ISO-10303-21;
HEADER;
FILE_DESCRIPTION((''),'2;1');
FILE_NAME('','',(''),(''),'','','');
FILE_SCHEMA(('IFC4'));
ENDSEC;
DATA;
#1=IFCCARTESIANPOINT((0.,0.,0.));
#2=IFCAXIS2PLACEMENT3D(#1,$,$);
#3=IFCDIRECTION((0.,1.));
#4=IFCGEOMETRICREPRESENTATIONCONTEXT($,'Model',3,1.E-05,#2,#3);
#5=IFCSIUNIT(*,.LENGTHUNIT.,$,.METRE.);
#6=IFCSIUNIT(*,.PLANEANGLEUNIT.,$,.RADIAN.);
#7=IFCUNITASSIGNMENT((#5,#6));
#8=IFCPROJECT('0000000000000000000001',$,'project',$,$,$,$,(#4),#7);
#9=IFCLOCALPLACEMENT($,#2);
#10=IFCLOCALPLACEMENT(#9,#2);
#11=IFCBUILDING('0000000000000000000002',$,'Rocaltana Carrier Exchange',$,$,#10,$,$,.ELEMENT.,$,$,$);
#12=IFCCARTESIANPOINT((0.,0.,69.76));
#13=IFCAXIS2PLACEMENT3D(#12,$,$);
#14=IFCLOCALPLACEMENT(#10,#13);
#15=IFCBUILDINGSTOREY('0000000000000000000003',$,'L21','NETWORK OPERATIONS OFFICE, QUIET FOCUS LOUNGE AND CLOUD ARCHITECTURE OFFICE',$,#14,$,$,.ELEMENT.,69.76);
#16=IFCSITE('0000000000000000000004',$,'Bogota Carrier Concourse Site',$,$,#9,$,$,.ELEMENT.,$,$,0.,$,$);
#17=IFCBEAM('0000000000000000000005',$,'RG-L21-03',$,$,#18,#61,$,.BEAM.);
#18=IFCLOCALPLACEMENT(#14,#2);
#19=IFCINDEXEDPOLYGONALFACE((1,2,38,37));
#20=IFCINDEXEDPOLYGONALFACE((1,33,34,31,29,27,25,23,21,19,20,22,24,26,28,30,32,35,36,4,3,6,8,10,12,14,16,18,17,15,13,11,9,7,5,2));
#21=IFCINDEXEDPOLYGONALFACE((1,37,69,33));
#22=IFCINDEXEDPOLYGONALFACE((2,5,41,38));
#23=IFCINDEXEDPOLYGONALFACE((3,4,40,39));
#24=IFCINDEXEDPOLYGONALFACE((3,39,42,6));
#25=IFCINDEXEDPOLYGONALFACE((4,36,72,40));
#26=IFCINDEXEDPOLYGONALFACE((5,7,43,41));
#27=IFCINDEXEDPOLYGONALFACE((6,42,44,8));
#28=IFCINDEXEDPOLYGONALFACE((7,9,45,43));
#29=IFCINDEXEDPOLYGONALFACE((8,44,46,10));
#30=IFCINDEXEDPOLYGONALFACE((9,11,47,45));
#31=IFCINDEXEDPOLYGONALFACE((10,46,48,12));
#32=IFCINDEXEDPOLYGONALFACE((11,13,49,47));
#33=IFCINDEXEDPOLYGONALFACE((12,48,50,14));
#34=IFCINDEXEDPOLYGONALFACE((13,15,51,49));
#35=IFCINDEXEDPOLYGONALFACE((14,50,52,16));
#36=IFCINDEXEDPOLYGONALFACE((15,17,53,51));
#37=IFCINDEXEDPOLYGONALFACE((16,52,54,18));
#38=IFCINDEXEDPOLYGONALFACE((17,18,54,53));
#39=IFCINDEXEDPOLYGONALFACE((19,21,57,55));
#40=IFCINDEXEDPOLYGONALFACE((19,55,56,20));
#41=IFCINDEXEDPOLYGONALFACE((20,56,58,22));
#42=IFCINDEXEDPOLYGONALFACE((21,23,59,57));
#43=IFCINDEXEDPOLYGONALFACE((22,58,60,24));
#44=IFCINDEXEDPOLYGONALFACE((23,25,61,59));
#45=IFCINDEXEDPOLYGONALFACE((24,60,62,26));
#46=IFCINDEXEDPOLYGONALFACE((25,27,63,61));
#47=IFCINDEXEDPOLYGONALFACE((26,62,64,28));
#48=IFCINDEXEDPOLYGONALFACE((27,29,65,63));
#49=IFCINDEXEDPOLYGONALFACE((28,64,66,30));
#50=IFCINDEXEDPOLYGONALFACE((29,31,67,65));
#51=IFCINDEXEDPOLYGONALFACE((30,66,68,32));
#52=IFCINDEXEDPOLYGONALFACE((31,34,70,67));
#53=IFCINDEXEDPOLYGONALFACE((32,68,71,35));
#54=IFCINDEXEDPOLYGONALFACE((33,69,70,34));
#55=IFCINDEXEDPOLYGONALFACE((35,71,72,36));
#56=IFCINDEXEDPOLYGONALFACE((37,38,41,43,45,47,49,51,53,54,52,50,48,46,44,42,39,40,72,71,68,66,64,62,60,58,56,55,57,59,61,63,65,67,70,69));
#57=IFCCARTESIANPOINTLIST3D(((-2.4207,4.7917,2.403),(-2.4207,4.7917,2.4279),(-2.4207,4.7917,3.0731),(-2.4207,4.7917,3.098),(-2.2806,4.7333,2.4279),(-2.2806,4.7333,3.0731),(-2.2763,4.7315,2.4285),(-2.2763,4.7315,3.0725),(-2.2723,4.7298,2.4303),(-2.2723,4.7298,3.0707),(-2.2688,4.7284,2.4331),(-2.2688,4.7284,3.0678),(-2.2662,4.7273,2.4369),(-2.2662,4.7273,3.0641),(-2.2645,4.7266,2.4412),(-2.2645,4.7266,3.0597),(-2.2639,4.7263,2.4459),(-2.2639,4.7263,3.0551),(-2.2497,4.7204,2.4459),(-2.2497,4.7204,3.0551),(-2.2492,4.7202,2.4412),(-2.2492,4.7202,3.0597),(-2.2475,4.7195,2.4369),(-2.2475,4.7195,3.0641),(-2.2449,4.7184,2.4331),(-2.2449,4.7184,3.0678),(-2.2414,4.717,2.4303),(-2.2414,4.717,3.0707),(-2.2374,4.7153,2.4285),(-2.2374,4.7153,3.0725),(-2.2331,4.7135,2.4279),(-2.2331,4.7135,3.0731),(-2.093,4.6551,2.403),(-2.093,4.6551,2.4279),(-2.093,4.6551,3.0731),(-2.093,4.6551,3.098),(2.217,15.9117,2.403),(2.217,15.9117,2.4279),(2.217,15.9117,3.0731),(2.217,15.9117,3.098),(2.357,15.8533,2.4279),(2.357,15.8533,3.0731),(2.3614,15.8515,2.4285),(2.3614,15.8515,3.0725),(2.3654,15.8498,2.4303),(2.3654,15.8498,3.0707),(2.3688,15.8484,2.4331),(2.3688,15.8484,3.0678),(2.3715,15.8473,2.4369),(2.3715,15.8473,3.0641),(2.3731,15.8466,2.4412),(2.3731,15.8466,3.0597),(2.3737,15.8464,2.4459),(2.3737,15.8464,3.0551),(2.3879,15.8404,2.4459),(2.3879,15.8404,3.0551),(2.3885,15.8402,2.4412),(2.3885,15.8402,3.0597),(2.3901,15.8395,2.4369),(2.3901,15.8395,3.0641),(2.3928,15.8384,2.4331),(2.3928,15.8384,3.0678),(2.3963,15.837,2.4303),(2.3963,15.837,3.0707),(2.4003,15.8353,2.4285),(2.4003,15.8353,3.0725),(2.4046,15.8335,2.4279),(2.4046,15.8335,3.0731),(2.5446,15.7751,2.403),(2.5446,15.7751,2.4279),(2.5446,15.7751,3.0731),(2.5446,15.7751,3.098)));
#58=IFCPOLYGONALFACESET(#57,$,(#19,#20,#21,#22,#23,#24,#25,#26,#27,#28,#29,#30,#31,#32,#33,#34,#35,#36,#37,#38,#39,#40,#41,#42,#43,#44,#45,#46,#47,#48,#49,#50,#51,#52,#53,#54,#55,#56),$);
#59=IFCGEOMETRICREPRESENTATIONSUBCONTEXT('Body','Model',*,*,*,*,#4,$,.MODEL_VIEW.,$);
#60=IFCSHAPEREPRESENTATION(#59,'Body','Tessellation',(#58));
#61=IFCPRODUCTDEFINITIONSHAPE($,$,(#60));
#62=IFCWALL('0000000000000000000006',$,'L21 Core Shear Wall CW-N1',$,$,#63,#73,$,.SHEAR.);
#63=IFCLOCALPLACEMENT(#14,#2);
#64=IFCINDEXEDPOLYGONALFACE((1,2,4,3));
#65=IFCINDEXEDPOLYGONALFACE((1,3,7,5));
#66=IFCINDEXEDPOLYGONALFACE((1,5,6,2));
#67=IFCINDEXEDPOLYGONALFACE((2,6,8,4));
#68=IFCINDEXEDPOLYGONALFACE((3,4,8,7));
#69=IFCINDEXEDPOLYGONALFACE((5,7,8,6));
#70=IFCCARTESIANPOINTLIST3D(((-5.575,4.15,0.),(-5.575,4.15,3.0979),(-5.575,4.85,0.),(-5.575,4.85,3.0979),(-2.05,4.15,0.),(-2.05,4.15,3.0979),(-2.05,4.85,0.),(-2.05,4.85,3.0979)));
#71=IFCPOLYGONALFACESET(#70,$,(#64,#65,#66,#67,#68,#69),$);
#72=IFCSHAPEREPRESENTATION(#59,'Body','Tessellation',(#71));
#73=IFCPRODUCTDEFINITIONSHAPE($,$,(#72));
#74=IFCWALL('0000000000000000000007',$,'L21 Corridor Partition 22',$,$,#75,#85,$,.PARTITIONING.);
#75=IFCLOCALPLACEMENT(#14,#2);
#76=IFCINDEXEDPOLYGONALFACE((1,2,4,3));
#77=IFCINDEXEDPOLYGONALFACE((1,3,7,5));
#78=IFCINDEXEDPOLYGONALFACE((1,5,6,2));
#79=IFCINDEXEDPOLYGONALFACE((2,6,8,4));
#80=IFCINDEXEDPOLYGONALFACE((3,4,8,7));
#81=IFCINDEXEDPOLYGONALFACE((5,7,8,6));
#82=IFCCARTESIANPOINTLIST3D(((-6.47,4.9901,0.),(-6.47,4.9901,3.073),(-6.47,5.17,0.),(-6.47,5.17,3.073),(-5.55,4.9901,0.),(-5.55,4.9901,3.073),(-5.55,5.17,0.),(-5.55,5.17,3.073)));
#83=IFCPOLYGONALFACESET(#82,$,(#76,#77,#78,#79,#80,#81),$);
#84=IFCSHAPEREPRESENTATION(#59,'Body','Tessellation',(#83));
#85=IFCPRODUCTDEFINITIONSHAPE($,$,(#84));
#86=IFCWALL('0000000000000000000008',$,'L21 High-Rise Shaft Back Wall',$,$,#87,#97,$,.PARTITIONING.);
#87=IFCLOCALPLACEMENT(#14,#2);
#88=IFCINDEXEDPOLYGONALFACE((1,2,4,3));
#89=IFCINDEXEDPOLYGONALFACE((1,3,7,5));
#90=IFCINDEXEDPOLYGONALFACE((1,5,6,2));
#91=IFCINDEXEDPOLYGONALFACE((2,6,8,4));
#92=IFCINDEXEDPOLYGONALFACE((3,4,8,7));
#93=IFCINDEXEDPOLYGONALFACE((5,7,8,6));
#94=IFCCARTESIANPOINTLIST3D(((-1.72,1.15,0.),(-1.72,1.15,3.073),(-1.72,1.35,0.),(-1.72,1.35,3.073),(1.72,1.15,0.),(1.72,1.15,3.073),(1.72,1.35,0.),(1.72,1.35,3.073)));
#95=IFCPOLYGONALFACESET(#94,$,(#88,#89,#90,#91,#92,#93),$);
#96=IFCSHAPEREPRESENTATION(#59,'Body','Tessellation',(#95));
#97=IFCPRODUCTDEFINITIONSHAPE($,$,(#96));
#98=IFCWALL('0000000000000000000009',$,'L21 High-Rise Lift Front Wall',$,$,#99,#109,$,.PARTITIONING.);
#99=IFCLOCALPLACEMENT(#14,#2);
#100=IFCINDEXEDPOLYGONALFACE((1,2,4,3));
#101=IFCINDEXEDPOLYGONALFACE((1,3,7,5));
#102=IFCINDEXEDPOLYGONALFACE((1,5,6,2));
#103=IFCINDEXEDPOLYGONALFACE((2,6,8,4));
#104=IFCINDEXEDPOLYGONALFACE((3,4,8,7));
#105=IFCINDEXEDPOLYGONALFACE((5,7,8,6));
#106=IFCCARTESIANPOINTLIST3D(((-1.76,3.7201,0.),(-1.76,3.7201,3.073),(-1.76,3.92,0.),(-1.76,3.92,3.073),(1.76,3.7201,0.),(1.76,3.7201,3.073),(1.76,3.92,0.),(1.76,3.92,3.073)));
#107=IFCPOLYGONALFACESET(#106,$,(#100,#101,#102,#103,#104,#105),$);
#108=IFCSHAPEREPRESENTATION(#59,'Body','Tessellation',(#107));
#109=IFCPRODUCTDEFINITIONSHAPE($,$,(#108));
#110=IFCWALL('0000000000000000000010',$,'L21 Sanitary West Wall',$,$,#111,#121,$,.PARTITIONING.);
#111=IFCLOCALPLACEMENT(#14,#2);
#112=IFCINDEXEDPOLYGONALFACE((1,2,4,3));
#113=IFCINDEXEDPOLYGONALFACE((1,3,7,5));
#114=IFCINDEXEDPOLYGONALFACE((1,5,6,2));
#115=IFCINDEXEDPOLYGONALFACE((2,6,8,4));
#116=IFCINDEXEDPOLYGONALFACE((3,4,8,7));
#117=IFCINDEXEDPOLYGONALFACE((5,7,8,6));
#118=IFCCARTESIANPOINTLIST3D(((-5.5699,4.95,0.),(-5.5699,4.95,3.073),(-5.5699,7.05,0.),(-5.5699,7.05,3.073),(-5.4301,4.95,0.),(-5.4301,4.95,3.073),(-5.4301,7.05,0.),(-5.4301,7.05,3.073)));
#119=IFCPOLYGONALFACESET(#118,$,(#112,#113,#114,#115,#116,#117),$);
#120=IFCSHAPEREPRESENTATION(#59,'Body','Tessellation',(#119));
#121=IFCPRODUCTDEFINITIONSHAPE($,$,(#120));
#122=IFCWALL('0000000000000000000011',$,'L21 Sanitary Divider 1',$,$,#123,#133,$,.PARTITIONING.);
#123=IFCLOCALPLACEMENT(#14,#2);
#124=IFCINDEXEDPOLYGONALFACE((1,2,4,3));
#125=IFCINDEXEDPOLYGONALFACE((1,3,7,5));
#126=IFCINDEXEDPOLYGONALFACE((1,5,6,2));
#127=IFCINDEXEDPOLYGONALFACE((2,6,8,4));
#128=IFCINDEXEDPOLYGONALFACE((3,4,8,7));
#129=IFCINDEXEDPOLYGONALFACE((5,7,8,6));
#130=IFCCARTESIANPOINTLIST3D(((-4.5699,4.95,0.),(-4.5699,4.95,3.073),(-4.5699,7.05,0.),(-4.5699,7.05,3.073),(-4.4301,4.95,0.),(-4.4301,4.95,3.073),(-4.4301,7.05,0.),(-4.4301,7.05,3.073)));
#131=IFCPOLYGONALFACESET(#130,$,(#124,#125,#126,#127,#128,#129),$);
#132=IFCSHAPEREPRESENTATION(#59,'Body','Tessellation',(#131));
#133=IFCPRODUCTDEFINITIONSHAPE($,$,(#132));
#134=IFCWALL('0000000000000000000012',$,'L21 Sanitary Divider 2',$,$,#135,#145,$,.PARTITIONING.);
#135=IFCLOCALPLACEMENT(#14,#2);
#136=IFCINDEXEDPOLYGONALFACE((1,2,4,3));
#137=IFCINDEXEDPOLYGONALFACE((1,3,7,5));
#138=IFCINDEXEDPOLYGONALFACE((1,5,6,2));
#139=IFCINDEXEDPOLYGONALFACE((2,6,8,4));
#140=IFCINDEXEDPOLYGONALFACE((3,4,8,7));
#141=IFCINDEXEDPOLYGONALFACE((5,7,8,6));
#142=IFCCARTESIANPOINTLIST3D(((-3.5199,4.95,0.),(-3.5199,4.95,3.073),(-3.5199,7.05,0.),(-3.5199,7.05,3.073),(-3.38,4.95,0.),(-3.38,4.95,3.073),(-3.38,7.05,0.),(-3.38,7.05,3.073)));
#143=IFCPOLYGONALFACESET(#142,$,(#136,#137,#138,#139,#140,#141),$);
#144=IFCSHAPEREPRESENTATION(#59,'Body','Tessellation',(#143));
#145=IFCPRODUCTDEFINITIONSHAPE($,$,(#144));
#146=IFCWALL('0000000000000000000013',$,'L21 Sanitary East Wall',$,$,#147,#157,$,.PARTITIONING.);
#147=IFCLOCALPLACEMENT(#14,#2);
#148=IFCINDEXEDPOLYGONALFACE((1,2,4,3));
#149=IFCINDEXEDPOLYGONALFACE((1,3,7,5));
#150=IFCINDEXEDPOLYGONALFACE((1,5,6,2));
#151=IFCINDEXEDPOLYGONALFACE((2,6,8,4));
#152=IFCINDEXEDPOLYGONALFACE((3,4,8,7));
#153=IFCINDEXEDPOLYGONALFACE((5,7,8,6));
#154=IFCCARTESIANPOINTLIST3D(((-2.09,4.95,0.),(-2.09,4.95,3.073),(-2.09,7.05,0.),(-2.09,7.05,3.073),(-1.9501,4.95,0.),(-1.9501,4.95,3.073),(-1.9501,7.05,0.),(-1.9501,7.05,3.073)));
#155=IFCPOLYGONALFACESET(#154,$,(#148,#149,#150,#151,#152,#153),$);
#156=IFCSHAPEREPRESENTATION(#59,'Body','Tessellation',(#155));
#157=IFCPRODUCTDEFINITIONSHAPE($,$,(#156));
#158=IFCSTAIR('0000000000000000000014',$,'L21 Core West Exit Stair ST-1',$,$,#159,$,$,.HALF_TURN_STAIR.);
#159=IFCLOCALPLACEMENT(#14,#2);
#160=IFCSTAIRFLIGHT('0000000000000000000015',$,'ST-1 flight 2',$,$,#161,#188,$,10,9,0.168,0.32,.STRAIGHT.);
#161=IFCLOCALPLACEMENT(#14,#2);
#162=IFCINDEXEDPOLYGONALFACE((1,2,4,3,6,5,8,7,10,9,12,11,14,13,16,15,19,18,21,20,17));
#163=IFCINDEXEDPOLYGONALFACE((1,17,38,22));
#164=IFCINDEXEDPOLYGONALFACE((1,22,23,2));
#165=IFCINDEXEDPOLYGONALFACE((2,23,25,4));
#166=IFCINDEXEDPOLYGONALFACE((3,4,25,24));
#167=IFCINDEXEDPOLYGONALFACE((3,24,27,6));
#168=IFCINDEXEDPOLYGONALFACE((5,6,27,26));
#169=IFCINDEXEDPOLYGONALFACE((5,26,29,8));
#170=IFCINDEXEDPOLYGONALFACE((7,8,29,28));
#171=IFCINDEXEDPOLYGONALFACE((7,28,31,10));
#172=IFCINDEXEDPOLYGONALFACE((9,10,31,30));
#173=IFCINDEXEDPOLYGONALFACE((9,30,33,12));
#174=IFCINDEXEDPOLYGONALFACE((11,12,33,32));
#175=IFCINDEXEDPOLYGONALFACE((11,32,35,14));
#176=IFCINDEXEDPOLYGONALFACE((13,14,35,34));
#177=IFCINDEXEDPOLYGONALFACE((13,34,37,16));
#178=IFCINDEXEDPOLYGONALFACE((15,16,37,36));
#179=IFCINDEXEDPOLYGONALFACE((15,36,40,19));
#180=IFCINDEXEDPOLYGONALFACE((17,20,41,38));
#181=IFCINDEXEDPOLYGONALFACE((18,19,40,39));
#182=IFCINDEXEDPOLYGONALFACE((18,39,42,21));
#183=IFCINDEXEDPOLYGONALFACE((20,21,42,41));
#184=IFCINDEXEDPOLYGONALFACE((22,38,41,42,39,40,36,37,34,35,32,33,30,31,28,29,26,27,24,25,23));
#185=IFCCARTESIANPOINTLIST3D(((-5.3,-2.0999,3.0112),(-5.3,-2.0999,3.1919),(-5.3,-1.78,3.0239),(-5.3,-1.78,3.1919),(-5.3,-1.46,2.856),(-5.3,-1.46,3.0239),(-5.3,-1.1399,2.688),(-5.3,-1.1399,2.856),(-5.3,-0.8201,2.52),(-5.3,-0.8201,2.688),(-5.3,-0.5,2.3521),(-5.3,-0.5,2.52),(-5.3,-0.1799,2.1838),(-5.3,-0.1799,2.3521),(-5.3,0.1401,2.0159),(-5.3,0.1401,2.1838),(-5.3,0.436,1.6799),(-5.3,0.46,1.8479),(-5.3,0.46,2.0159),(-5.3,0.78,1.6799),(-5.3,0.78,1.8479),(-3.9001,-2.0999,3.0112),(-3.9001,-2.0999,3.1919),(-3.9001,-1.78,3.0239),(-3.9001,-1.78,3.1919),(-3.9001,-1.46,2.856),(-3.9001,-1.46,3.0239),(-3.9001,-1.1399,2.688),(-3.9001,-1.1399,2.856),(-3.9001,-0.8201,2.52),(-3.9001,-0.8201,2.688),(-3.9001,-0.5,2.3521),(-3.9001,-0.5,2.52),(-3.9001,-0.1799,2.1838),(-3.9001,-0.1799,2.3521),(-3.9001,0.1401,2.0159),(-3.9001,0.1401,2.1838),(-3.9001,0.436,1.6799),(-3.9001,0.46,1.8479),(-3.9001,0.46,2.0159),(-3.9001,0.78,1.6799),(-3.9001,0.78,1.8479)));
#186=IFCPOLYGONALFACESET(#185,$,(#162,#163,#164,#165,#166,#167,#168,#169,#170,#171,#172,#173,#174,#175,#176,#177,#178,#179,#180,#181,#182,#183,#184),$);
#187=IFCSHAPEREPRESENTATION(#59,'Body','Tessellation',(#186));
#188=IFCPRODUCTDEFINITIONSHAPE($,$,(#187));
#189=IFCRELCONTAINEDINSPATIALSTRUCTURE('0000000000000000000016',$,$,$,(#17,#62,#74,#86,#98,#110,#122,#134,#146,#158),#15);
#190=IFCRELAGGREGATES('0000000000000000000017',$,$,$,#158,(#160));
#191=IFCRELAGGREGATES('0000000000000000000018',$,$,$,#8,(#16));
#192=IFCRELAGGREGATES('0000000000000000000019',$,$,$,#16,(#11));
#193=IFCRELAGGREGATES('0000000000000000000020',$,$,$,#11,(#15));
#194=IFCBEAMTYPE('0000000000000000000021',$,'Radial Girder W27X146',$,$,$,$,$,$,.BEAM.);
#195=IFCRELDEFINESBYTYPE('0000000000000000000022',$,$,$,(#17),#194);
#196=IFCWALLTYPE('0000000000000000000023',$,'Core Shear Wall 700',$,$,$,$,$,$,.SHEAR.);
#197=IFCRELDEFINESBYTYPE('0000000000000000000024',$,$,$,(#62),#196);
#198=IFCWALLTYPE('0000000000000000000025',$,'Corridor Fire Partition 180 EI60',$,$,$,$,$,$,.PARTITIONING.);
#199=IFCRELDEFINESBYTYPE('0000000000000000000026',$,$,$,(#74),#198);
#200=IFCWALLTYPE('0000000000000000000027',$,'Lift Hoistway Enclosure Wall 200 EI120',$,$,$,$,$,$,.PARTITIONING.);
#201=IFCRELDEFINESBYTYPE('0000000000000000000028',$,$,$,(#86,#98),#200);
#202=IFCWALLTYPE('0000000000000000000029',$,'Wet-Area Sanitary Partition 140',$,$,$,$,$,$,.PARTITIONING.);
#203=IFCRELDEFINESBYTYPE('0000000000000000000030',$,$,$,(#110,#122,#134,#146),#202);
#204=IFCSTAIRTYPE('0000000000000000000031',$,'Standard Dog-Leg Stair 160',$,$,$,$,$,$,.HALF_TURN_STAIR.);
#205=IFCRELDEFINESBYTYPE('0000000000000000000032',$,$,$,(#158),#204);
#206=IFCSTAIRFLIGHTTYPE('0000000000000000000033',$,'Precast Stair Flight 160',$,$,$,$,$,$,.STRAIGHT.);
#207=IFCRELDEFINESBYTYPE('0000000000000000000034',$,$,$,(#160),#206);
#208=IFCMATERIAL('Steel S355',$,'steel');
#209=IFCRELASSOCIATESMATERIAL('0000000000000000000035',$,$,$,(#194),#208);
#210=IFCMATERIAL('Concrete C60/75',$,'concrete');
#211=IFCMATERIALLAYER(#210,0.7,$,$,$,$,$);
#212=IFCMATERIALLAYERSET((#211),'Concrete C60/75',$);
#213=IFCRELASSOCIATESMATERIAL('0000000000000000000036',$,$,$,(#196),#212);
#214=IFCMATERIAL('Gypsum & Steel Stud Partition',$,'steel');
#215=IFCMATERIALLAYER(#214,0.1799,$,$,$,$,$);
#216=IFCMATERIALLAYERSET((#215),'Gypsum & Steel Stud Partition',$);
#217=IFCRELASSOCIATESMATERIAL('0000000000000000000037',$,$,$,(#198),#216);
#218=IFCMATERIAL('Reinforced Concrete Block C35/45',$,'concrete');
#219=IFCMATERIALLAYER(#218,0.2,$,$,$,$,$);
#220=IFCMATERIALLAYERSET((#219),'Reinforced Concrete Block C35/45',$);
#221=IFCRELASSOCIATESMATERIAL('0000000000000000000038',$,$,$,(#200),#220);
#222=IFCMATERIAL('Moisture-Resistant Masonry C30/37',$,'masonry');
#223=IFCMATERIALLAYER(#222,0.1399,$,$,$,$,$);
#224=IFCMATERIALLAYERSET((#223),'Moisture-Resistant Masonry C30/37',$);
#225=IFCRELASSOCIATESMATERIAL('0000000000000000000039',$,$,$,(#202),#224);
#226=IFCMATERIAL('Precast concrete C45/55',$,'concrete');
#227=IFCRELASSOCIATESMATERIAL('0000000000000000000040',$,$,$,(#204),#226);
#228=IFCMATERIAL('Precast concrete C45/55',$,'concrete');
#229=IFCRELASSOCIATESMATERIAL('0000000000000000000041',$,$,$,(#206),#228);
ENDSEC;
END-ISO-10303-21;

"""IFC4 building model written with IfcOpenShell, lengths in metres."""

from ifc_helpers import new_model, si_unit, direction, frame, frame_2d, origin, origin_2d, place, context, subcontext, project, spatial, polyline, rectangle, i_section, outline, extrude, material, layer, layer_set, material_profile, profile_set, type_object, element, aggregate, save


model = new_model("IFC4")

# Units and contexts
model_context = context("Model", 3, precision=1e-05, world=origin(), true_north=direction((0.0, 1.0)))
body_context = subcontext(model_context, "Body", "Model", "MODEL_VIEW")
ifc_project = project(units=[si_unit("LENGTHUNIT", "METRE"), si_unit("PLANEANGLEUNIT", "RADIAN")], contexts=[model_context])

# Site, building, storey
site_placement = place(None, origin())
site = spatial("IfcSite", under=ifc_project, at=site_placement, Name="Bogota Carrier Concourse Site", CompositionType="ELEMENT", RefElevation=0.0)
building_placement = place(site_placement, origin())
building = spatial("IfcBuilding", under=site, at=building_placement, Name="Rocaltana Carrier Exchange", CompositionType="ELEMENT")
storey_placement = place(building_placement, frame((0.0, 0.0, 69.76)))
storey = spatial("IfcBuildingStorey", under=building, at=storey_placement, Name="L21", Description="NETWORK OPERATIONS OFFICE, QUIET FOCUS LOUNGE AND CLOUD ARCHITECTURE OFFICE", CompositionType="ELEMENT", Elevation=69.76)

# Beam
ifc_material_1 = material(Name="Steel S355", Category="steel")
ifc_material_profile_1 = material_profile(ifc_material_1, i_section(OverallWidth=0.355, OverallDepth=0.6951, WebThickness=0.0154, FlangeThickness=0.0249, FilletRadius=0.0181, at=origin_2d()), Name="W27X146")
ifc_profile_set_1 = profile_set([ifc_material_profile_1], Name="Steel S355")
beam_type_1 = type_object("IfcBeamType", Name="Radial Girder W27X146", PredefinedType="BEAM", material=ifc_profile_set_1)
beam_1_placement = place(storey_placement, frame((-2.2568, 4.7234, 2.7505), z_axis=(0.38492, 0.92295, 0.0), x_axis=(-0.92295, 0.38492, 0.0)))
element("IfcBeam", 1, at=beam_1_placement, inside=storey, type_object=beam_type_1, Name="RG-L21-03", PredefinedType="BEAM", context=body_context, shape_type="SweptSolid", body=[
    extrude(i_section(OverallWidth=0.355, OverallDepth=0.6951, WebThickness=0.0154, FlangeThickness=0.0249, FilletRadius=0.0181, at=origin_2d()), origin(), (0.0, 0.0, 1.0), 12.0483),
])

# Walls
ifc_material_2 = material(Name="Concrete C60/75", Category="concrete")
ifc_layer_1 = layer(ifc_material_2, 0.7)
ifc_layer_set_1 = layer_set([ifc_layer_1], Name="Concrete C60/75")
wall_type_1 = type_object("IfcWallType", Name="Core Shear Wall 700", PredefinedType="SHEAR", material=ifc_layer_set_1)
wall_1_placement = place(storey_placement, frame((-5.575, 4.5, 0.0), z_axis=(0.0, 0.0, 1.0), x_axis=(1.0, 0.0, 0.0)))
element("IfcWall", 2, at=wall_1_placement, inside=storey, type_object=wall_type_1, Name="L21 Core Shear Wall CW-N1", PredefinedType="SHEAR", context=body_context, shape_type="SweptSolid", body=[
    extrude(rectangle(XDim=3.5249, YDim=0.7, at=frame_2d((1.7625, 0.0))), origin(), (0.0, 0.0, 1.0), 3.0979),
])
ifc_material_3 = material(Name="Gypsum & Steel Stud Partition", Category="steel")
ifc_layer_2 = layer(ifc_material_3, 0.1799)
ifc_layer_set_2 = layer_set([ifc_layer_2], Name="Gypsum & Steel Stud Partition")
wall_type_2 = type_object("IfcWallType", Name="Corridor Fire Partition 180 EI60", PredefinedType="PARTITIONING", material=ifc_layer_set_2)
wall_2_placement = place(storey_placement, frame((-5.55, 5.0801, 0.0), z_axis=(0.0, 0.0, 1.0), x_axis=(-1.0, 0.0, 0.0)))
element("IfcWall", 3, at=wall_2_placement, inside=storey, type_object=wall_type_2, Name="L21 Corridor Partition 22", PredefinedType="PARTITIONING", context=body_context, shape_type="SweptSolid", body=[
    extrude(rectangle(XDim=0.9199, YDim=0.1799, at=frame_2d((0.46, 0.0))), origin(), (0.0, 0.0, 1.0), 3.073),
])
ifc_material_4 = material(Name="Reinforced Concrete Block C35/45", Category="concrete")
ifc_layer_3 = layer(ifc_material_4, 0.2)
ifc_layer_set_3 = layer_set([ifc_layer_3], Name="Reinforced Concrete Block C35/45")
wall_type_3 = type_object("IfcWallType", Name="Lift Hoistway Enclosure Wall 200 EI120", PredefinedType="PARTITIONING", material=ifc_layer_set_3)
wall_3_placement = place(storey_placement, frame((-1.72, 1.25, 0.0), z_axis=(0.0, 0.0, 1.0), x_axis=(1.0, 0.0, 0.0)))
element("IfcWall", 4, at=wall_3_placement, inside=storey, type_object=wall_type_3, Name="L21 High-Rise Shaft Back Wall", PredefinedType="PARTITIONING", context=body_context, shape_type="SweptSolid", body=[
    extrude(rectangle(XDim=3.4399, YDim=0.2, at=frame_2d((1.72, 0.0))), origin(), (0.0, 0.0, 1.0), 3.073),
])
wall_4_placement = place(storey_placement, frame((-1.76, 3.8201, 0.0), z_axis=(0.0, 0.0, 1.0), x_axis=(1.0, 0.0, 0.0)))
element("IfcWall", 5, at=wall_4_placement, inside=storey, type_object=wall_type_3, Name="L21 High-Rise Lift Front Wall", PredefinedType="PARTITIONING", context=body_context, shape_type="SweptSolid", body=[
    extrude(rectangle(XDim=3.52, YDim=0.2, at=frame_2d((1.76, 0.0))), origin(), (0.0, 0.0, 1.0), 3.073),
])
ifc_material_5 = material(Name="Moisture-Resistant Masonry C30/37", Category="masonry")
ifc_layer_4 = layer(ifc_material_5, 0.1399)
ifc_layer_set_4 = layer_set([ifc_layer_4], Name="Moisture-Resistant Masonry C30/37")
wall_type_4 = type_object("IfcWallType", Name="Wet-Area Sanitary Partition 140", PredefinedType="PARTITIONING", material=ifc_layer_set_4)
for number, where, z_axis, x_axis, name in (
    (6, (-5.5, 4.95, 0.0), (0.0, 0.0, 1.0), (0.0, 1.0, 0.0), "L21 Sanitary West Wall"),
    (7, (-4.5, 4.95, 0.0), (0.0, 0.0, 1.0), (0.0, 1.0, 0.0), "L21 Sanitary Divider 1"),
    (8, (-3.45, 4.95, 0.0), (0.0, 0.0, 1.0), (0.0, 1.0, 0.0), "L21 Sanitary Divider 2"),
    (9, (-2.02, 4.95, 0.0), (0.0, 0.0, 1.0), (0.0, 1.0, 0.0), "L21 Sanitary East Wall"),
):
    element("IfcWall", number, at=place(storey_placement, frame(where, z_axis=z_axis, x_axis=x_axis)), inside=storey, type_object=wall_type_4, Name=name, PredefinedType="PARTITIONING", context=body_context, shape_type="SweptSolid", body=[
        extrude(rectangle(XDim=2.1001, YDim=0.1399, at=frame_2d((1.05, 0.0))), origin(), (0.0, 0.0, 1.0), 3.073),
    ])

# Stair, stair flight
ifc_material_6 = material(Name="Precast concrete C45/55", Category="concrete")
stair_type = type_object("IfcStairType", Name="Standard Dog-Leg Stair 160", PredefinedType="HALF_TURN_STAIR", material=ifc_material_6)
stair_placement = place(storey_placement, origin())
stair = element("IfcStair", 10, at=stair_placement, inside=storey, type_object=stair_type, Name="L21 Core West Exit Stair ST-1", PredefinedType="HALF_TURN_STAIR")
ifc_material_7 = material(Name="Precast concrete C45/55", Category="concrete")
stair_flight_type = type_object("IfcStairFlightType", Name="Precast Stair Flight 160", PredefinedType="STRAIGHT", material=ifc_material_7)
stair_flight_placement = place(storey_placement, frame((-4.6001, 0.78, 1.6799), z_axis=(0.0, 0.0, 1.0), x_axis=(0.0, -1.0, 0.0)))
stair_flight = element("IfcStairFlight", 11, at=stair_flight_placement, type_object=stair_flight_type, Name="ST-1 flight 2", NumberOfRisers=10, NumberOfTreads=9, PredefinedType="STRAIGHT", RiserHeight=0.168, TreadLength=0.32, context=body_context, shape_type="SweptSolid", body=[
    extrude(outline(polyline([(0.0, 0.0), (0.0, 0.168), (0.3201, 0.168), (0.3201, 0.3359), (0.6399, 0.3359), (0.6399, 0.5039), (0.96, 0.5039), (0.96, 0.6721), (1.28, 0.6721), (1.28, 0.8401), (1.6001, 0.8401), (1.6001, 1.0081), (1.9199, 1.0081), (1.9199, 1.176), (2.24, 1.176), (2.24, 1.344), (2.5601, 1.344), (2.5601, 1.512), (2.8799, 1.512), (2.8799, 1.6799), (2.8799, 1.3313), (0.344, 0.0), (0.0, 0.0)])), frame((0.0, 0.7, 0.0), z_axis=(0.0, -1.0, 0.0), x_axis=(1.0, 0.0, 0.0)), (0.0, 0.0, 1.0), 1.3999),
])
aggregate(stair, [stair_flight])

save(model, "model.ifc")
